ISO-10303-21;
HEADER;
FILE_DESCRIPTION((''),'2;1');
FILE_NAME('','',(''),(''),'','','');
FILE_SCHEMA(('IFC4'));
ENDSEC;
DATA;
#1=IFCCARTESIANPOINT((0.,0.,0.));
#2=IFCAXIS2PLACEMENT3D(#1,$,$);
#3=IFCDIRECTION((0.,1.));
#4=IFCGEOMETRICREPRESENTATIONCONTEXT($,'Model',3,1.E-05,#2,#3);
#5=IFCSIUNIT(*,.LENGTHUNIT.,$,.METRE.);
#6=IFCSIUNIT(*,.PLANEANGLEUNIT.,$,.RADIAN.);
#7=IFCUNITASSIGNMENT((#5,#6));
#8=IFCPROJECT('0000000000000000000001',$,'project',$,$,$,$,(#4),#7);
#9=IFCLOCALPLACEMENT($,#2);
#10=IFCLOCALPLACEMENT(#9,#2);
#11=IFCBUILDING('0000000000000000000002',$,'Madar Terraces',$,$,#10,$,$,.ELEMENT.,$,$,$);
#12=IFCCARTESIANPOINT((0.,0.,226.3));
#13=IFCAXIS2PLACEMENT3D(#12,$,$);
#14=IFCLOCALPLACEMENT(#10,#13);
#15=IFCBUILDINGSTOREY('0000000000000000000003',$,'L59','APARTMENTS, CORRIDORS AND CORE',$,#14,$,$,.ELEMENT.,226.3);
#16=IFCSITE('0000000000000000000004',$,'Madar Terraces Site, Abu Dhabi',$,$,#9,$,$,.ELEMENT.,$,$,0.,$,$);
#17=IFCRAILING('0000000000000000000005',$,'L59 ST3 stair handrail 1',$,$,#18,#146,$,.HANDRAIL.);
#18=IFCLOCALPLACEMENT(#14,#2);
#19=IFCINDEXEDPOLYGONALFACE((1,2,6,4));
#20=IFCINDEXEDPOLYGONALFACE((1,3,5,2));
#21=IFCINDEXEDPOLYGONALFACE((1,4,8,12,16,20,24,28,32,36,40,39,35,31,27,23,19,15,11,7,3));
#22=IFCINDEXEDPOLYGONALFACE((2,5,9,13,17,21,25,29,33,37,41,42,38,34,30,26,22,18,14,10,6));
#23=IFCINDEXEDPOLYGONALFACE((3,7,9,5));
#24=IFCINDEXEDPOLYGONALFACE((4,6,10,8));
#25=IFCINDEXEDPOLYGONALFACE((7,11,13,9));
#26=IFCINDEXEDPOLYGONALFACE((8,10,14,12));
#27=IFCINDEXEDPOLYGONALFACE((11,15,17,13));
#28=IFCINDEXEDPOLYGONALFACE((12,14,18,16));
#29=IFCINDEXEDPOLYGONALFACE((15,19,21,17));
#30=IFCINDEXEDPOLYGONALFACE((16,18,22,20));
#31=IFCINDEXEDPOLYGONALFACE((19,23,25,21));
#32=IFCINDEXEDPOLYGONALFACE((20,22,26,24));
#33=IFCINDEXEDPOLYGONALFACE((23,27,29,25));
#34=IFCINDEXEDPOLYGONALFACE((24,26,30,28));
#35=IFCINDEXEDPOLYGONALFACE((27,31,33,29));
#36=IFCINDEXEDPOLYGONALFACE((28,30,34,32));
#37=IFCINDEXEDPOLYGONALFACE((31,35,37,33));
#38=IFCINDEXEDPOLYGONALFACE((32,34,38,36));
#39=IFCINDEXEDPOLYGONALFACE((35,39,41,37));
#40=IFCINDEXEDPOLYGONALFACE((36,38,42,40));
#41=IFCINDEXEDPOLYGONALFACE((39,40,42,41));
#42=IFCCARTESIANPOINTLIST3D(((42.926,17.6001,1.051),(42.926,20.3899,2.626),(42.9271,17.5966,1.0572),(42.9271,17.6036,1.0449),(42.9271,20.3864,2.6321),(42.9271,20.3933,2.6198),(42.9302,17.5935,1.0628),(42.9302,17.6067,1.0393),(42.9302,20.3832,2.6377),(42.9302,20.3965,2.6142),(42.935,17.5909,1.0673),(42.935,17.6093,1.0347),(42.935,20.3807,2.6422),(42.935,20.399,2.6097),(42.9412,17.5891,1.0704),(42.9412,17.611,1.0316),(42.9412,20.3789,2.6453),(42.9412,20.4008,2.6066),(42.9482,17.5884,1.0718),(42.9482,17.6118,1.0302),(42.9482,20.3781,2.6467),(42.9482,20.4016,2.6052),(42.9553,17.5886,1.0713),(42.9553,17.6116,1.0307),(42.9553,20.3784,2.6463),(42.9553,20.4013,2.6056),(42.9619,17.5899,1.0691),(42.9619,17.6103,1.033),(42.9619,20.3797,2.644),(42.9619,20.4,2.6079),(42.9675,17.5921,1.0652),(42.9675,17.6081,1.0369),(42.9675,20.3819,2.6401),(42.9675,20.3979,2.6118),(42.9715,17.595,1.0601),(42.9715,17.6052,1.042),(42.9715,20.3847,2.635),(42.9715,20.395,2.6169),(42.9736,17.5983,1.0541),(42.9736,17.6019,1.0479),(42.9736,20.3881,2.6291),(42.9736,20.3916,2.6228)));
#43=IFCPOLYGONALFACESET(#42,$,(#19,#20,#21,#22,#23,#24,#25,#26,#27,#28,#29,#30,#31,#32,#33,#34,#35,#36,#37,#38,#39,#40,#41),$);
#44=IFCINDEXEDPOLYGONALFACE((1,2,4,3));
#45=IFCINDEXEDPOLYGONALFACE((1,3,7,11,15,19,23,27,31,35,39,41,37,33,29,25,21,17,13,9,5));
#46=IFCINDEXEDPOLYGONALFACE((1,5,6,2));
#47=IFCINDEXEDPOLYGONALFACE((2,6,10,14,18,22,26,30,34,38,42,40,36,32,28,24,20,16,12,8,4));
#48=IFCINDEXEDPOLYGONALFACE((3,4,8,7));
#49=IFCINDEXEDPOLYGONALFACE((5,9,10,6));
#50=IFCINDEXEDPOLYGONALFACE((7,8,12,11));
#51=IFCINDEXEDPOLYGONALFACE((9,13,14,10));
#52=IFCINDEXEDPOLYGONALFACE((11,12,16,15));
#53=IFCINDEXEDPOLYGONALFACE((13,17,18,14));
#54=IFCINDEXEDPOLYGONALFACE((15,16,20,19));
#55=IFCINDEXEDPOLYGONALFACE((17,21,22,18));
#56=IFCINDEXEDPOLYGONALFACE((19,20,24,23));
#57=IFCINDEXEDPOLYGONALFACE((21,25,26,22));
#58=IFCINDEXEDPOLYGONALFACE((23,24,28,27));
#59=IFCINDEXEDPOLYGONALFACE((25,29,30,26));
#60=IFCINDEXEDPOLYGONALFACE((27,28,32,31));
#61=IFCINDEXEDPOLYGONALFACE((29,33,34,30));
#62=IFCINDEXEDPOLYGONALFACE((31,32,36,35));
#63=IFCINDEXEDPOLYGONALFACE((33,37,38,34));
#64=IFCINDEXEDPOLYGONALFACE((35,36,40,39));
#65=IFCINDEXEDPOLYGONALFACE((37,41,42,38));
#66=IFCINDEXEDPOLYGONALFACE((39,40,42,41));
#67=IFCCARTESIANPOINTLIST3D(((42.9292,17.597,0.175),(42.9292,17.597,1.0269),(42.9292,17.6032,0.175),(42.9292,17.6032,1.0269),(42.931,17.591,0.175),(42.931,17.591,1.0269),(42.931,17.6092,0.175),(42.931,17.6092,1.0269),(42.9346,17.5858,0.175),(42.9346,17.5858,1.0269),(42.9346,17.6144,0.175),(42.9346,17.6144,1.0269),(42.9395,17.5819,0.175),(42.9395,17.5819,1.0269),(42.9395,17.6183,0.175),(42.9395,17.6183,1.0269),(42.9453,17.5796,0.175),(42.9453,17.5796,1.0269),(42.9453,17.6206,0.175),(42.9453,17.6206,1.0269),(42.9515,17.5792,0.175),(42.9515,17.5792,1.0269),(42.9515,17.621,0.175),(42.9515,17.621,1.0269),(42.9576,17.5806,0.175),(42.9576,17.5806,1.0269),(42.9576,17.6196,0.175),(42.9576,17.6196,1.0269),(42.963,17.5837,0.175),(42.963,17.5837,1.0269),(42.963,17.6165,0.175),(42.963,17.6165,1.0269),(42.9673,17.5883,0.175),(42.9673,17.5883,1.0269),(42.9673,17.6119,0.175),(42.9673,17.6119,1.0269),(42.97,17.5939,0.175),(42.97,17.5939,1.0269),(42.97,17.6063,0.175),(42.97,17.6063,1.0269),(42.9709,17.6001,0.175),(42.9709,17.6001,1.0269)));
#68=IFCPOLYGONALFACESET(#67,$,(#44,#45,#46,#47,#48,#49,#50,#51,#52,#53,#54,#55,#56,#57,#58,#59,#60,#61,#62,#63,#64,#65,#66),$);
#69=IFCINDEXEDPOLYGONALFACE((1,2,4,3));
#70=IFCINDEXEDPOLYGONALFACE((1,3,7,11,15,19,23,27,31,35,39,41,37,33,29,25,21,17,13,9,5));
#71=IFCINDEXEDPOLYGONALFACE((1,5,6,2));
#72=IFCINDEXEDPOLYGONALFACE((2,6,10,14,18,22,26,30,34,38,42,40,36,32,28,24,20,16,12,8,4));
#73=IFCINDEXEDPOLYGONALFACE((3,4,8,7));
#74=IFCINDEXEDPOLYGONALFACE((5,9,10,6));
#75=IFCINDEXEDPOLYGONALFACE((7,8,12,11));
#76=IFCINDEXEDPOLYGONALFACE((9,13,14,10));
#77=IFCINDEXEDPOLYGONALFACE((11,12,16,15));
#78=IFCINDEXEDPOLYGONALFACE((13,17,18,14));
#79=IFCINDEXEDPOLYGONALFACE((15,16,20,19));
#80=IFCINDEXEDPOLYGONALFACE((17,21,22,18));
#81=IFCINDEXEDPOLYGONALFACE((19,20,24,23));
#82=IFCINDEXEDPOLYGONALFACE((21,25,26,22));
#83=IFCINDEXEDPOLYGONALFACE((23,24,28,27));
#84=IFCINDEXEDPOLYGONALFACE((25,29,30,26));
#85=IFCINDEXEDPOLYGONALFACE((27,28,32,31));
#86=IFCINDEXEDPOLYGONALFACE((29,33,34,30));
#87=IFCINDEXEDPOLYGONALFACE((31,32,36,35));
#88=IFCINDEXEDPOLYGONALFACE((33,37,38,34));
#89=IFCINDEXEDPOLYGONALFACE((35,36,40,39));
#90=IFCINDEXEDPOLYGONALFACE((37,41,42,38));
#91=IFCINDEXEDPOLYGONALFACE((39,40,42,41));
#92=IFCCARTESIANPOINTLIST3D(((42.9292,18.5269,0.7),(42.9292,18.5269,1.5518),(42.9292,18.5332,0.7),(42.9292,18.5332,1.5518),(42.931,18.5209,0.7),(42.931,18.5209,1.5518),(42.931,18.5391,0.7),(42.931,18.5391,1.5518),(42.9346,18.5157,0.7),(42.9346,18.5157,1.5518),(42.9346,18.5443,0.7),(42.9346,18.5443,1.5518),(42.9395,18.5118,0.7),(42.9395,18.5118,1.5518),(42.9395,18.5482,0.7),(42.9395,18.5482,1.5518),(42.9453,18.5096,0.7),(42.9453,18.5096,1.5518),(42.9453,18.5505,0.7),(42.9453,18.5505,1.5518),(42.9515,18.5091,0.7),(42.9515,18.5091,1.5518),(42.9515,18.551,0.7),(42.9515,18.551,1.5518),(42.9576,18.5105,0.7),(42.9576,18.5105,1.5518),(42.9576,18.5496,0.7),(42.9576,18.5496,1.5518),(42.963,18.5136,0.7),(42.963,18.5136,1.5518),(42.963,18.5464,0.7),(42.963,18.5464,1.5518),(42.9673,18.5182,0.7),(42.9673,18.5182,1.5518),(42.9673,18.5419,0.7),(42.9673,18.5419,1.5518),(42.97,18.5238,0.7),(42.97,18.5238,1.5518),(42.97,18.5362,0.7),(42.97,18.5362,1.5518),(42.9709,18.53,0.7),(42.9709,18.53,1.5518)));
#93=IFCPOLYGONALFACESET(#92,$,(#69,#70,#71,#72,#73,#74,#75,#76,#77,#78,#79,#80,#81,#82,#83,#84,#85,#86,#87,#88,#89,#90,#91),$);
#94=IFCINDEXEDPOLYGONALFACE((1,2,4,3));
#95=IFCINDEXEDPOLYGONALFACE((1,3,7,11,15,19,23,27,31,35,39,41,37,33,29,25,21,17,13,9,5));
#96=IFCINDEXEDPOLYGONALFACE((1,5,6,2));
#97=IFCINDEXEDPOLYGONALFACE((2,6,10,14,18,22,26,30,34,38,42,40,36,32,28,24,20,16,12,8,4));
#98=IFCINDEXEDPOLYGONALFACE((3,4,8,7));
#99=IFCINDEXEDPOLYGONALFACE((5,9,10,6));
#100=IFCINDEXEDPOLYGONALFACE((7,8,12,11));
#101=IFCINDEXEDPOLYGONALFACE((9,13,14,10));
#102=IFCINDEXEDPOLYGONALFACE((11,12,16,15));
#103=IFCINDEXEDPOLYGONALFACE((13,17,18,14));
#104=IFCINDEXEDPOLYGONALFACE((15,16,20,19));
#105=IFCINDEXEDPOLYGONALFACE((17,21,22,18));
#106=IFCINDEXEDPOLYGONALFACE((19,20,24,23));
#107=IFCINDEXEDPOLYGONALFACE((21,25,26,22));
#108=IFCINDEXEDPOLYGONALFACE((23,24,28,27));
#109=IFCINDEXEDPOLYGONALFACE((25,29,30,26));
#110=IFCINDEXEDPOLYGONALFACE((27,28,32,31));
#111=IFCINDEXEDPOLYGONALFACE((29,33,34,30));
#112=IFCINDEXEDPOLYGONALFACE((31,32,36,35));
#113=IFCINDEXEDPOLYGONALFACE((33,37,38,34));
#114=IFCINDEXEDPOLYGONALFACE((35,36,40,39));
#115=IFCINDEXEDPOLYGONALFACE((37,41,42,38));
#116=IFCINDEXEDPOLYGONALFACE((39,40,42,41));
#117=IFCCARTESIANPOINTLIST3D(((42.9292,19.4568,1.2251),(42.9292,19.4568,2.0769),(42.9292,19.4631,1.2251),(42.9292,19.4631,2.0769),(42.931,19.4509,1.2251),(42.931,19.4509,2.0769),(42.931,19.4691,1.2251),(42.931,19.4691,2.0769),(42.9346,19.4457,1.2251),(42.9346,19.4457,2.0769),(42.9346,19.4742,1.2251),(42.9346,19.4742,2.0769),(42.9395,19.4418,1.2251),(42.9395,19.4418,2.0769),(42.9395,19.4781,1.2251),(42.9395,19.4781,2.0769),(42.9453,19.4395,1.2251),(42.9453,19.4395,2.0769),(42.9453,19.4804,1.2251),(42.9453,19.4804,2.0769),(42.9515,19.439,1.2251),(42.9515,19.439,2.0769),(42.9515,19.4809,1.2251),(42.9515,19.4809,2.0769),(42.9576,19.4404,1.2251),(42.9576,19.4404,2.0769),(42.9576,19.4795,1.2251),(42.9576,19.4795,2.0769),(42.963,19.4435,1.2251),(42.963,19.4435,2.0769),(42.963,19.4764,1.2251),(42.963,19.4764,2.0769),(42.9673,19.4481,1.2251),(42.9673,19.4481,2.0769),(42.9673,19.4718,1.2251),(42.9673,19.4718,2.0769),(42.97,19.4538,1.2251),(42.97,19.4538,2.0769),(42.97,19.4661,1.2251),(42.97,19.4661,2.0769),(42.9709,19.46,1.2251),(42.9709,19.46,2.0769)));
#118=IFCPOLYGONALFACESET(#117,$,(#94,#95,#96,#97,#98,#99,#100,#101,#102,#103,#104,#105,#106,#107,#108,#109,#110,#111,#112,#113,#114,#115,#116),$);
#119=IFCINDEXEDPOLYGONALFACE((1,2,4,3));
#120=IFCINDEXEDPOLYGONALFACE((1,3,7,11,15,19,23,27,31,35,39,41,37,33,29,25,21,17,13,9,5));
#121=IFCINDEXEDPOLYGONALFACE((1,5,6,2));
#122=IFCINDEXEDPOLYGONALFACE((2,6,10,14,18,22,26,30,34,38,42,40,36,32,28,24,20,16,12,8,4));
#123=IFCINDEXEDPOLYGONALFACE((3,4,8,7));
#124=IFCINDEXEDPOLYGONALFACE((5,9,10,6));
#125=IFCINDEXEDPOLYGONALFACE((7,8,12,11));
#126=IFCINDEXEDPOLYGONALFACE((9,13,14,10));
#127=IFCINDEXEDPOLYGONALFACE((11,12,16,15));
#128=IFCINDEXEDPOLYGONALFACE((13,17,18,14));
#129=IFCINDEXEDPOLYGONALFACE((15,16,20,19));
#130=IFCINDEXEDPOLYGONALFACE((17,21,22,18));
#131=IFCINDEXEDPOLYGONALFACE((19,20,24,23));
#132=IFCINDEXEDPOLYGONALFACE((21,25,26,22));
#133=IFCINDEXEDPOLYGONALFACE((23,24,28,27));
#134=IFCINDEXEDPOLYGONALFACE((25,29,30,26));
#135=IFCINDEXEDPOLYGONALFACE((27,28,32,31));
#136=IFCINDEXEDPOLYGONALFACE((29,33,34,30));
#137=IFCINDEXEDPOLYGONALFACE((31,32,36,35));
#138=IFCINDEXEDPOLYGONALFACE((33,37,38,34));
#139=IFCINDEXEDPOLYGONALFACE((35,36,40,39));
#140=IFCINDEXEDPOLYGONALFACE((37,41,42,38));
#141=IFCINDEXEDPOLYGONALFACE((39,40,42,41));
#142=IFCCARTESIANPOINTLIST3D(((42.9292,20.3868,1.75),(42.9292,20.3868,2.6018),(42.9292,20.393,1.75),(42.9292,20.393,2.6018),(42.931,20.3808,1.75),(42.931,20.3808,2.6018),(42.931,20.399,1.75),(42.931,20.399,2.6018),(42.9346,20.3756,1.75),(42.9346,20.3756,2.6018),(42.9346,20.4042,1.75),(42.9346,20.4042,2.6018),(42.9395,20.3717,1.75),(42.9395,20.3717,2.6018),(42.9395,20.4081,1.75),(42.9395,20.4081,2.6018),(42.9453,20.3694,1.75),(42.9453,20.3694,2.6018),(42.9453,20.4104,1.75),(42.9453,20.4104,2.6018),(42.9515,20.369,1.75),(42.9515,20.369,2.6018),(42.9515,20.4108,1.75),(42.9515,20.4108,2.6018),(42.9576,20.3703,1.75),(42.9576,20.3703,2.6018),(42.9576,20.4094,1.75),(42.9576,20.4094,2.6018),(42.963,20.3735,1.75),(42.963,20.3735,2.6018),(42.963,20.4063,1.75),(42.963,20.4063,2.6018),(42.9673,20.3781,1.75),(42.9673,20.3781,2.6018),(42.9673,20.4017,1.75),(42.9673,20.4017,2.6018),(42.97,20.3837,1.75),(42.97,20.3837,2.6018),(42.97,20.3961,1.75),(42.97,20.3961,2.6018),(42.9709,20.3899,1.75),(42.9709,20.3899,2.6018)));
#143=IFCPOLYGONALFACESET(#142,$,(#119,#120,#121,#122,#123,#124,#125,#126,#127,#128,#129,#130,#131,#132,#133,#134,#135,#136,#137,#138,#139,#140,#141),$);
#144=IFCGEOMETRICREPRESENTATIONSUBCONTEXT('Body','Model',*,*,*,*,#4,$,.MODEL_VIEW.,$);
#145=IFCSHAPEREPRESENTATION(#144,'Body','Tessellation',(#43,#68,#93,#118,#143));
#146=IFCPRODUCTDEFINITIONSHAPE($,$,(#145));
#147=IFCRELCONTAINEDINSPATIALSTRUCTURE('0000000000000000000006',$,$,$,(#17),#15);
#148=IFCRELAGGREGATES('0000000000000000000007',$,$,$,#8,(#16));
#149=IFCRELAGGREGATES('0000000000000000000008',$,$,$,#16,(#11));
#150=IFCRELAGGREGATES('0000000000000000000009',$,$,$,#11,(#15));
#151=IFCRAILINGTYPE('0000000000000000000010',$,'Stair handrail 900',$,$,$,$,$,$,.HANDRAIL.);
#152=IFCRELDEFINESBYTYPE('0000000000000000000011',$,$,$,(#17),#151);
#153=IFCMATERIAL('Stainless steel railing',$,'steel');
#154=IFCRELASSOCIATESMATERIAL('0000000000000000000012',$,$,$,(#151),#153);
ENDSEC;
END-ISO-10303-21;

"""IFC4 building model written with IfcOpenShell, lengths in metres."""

from ifc_helpers import new_model, si_unit, direction, frame, origin, origin_2d, place, context, subcontext, project, spatial, circle, extrude, material, type_object, element, save


model = new_model("IFC4")

# Units and contexts
model_context = context("Model", 3, precision=1e-05, world=origin(), true_north=direction((0.0, 1.0)))
body_context = subcontext(model_context, "Body", "Model", "MODEL_VIEW")
ifc_project = project(units=[si_unit("LENGTHUNIT", "METRE"), si_unit("PLANEANGLEUNIT", "RADIAN")], contexts=[model_context])

# Site, building, storey
site_placement = place(None, origin())
site = spatial("IfcSite", under=ifc_project, at=site_placement, Name="Madar Terraces Site, Abu Dhabi", CompositionType="ELEMENT", RefElevation=0.0)
building_placement = place(site_placement, origin())
building = spatial("IfcBuilding", under=site, at=building_placement, Name="Madar Terraces", CompositionType="ELEMENT")
storey_placement = place(building_placement, frame((0.0, 0.0, 226.3)))
storey = spatial("IfcBuildingStorey", under=building, at=storey_placement, Name="L59", Description="APARTMENTS, CORRIDORS AND CORE", CompositionType="ELEMENT", Elevation=226.3)

# Railing
ifc_material_1 = material(Name="Stainless steel railing", Category="steel")
railing_type_1 = type_object("IfcRailingType", Name="Stair handrail 900", PredefinedType="HANDRAIL", material=ifc_material_1)
railing_1_placement = place(storey_placement, frame((42.95, 17.6001, 0.175)))
element("IfcRailing", 1, at=railing_1_placement, inside=storey, type_object=railing_type_1, Name="L59 ST3 stair handrail 1", PredefinedType="HANDRAIL", context=body_context, shape_type="SweptSolid", body=[
    extrude(circle(Radius=0.0239, at=origin_2d()), frame((0.0, 0.0, 0.876), z_axis=(0.0, 0.870815, 0.49161), x_axis=(-1.0, 0.0, 0.0)), (0.0, 0.0, 1.0), 3.2036),
    extrude(circle(Radius=0.021, at=origin_2d()), origin(), (0.0, 0.0, 1.0), 0.8518),
    extrude(circle(Radius=0.021, at=origin_2d()), frame((0.0, 0.9299, 0.5249)), (0.0, 0.0, 1.0), 0.8518),
    extrude(circle(Radius=0.021, at=origin_2d()), frame((0.0, 1.8599, 1.05)), (0.0, 0.0, 1.0), 0.8518),
    extrude(circle(Radius=0.021, at=origin_2d()), frame((0.0, 2.7898, 1.575)), (0.0, 0.0, 1.0), 0.8518),
])

save(model, "model.ifc")
